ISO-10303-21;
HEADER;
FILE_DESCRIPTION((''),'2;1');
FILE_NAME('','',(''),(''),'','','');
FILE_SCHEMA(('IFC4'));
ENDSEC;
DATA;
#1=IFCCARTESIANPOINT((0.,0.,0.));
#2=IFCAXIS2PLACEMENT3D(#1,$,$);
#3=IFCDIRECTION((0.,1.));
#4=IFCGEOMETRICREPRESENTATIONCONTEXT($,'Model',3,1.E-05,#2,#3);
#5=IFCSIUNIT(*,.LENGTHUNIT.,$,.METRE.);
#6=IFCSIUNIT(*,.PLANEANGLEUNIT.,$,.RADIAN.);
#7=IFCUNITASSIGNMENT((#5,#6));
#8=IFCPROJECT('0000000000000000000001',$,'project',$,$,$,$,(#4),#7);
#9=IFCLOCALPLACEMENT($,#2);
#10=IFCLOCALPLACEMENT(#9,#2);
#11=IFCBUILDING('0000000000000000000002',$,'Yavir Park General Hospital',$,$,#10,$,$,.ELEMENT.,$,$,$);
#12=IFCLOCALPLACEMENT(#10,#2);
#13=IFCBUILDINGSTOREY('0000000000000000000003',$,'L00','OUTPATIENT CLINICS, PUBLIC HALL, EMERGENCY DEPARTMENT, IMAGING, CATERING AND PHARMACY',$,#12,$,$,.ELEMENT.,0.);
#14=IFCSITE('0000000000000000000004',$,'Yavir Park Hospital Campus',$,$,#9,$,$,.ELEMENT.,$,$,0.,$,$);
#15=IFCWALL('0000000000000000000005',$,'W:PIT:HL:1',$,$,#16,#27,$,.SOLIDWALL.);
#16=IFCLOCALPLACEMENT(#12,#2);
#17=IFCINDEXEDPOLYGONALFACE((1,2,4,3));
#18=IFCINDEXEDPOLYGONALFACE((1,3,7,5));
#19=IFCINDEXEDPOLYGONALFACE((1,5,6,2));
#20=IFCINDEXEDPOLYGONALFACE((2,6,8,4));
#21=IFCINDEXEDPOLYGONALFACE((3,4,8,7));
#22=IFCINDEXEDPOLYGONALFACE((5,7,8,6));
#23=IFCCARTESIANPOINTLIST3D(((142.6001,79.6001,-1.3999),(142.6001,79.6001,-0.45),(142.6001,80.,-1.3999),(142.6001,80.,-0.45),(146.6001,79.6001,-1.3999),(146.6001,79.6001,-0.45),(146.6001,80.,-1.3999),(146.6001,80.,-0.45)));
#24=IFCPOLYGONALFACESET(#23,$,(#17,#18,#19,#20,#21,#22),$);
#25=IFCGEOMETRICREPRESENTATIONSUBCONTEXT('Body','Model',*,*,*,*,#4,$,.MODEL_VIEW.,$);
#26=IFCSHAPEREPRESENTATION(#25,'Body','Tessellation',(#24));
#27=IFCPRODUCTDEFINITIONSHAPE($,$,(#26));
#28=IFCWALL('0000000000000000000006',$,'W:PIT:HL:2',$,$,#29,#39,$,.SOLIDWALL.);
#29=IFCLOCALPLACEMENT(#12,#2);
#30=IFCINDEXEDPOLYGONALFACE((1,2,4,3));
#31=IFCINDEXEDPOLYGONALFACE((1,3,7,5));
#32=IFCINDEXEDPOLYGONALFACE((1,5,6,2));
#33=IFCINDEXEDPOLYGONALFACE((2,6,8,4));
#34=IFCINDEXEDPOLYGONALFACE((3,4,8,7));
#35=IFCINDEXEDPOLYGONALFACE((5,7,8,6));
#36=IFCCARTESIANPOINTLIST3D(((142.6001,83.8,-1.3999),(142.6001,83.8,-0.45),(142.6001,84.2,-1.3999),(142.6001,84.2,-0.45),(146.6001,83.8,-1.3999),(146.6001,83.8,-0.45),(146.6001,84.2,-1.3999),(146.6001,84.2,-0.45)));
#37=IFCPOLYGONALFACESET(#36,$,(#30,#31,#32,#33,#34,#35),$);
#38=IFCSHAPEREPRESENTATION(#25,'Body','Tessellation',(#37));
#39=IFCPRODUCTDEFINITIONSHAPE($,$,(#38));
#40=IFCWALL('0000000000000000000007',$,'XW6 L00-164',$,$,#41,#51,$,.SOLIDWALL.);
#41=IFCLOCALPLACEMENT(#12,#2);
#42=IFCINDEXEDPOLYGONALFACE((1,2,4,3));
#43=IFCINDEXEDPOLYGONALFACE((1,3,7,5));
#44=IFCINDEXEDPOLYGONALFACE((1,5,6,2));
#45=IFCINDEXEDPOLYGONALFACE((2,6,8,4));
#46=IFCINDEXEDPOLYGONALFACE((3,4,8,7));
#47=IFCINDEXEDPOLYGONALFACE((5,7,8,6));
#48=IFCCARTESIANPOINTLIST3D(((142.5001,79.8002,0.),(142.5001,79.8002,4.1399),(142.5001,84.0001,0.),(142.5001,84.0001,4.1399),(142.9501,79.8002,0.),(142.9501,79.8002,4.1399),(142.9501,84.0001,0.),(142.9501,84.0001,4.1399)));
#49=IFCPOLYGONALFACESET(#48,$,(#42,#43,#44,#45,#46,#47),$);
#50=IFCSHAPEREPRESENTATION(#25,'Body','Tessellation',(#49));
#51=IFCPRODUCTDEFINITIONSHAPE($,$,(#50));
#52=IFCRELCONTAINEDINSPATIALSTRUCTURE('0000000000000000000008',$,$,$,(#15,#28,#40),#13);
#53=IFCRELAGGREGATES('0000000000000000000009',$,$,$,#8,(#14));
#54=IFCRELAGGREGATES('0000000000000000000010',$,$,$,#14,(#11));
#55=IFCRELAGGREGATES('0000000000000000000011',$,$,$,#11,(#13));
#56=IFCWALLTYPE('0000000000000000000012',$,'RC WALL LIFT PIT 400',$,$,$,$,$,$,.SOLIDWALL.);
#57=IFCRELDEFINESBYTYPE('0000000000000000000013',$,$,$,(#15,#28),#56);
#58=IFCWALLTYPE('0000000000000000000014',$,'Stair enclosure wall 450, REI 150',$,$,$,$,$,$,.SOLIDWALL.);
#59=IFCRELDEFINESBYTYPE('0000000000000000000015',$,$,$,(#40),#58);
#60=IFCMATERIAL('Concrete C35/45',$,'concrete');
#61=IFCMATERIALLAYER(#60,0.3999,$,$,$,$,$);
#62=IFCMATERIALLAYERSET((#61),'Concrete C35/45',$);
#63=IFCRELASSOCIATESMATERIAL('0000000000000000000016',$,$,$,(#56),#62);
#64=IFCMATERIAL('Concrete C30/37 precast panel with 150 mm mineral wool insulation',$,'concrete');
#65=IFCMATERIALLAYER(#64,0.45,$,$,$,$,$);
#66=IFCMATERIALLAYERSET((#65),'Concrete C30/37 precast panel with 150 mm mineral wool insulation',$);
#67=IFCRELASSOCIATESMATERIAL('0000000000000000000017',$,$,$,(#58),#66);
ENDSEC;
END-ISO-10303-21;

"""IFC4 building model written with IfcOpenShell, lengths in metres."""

from ifc_helpers import new_model, si_unit, direction, frame, frame_2d, origin, place, context, subcontext, project, spatial, rectangle, extrude, material, layer, layer_set, type_object, element, save


model = new_model("IFC4")

# Units and contexts
model_context = context("Model", 3, precision=1e-05, world=origin(), true_north=direction((0.0, 1.0)))
body_context = subcontext(model_context, "Body", "Model", "MODEL_VIEW")
ifc_project = project(units=[si_unit("LENGTHUNIT", "METRE"), si_unit("PLANEANGLEUNIT", "RADIAN")], contexts=[model_context])

# Site, building, storey
site_placement = place(None, origin())
site = spatial("IfcSite", under=ifc_project, at=site_placement, Name="Yavir Park Hospital Campus", CompositionType="ELEMENT", RefElevation=0.0)
building_placement = place(site_placement, origin())
building = spatial("IfcBuilding", under=site, at=building_placement, Name="Yavir Park General Hospital", CompositionType="ELEMENT")
storey_placement = place(building_placement, origin())
storey = spatial("IfcBuildingStorey", under=building, at=storey_placement, Name="L00", Description="OUTPATIENT CLINICS, PUBLIC HALL, EMERGENCY DEPARTMENT, IMAGING, CATERING AND PHARMACY", CompositionType="ELEMENT", Elevation=0.0)

# Walls
ifc_material_1 = material(Name="Concrete C35/45", Category="concrete")
ifc_layer_1 = layer(ifc_material_1, 0.3999)
ifc_layer_set_1 = layer_set([ifc_layer_1], Name="Concrete C35/45")
wall_type_1 = type_object("IfcWallType", Name="RC WALL LIFT PIT 400", PredefinedType="SOLIDWALL", material=ifc_layer_set_1)
for number, where, z_axis, x_axis, name in (
    (1, (142.6001, 79.8, -1.3999), (0.0, 0.0, 1.0), (1.0, 0.0, 0.0), "W:PIT:HL:1"),
    (2, (142.6001, 84.0, -1.3999), (0.0, 0.0, 1.0), (1.0, 0.0, 0.0), "W:PIT:HL:2"),
):
    element("IfcWall", number, at=place(storey_placement, frame(where, z_axis=z_axis, x_axis=x_axis)), inside=storey, type_object=wall_type_1, Name=name, PredefinedType="SOLIDWALL", context=body_context, shape_type="SweptSolid", body=[
        extrude(rectangle(XDim=4.0, YDim=0.3999, at=frame_2d((2.0, 0.0))), origin(), (0.0, 0.0, 1.0), 0.95),
    ])
ifc_material_2 = material(Name="Concrete C30/37 precast panel with 150 mm mineral wool insulation", Category="concrete")
ifc_layer_2 = layer(ifc_material_2, 0.45)
ifc_layer_set_2 = layer_set([ifc_layer_2], Name="Concrete C30/37 precast panel with 150 mm mineral wool insulation")
wall_type_2 = type_object("IfcWallType", Name="Stair enclosure wall 450, REI 150", PredefinedType="SOLIDWALL", material=ifc_layer_set_2)
wall_1_placement = place(storey_placement, frame((142.7251, 79.8, 0.0), z_axis=(0.0, 0.0, 1.0), x_axis=(0.0, 1.0, 0.0)))
element("IfcWall", 3, at=wall_1_placement, inside=storey, type_object=wall_type_2, Name="XW6 L00-164", PredefinedType="SOLIDWALL", context=body_context, shape_type="SweptSolid", body=[
    extrude(rectangle(XDim=4.2, YDim=0.45, at=frame_2d((2.1001, 0.0))), origin(), (0.0, 0.0, 1.0), 4.1399),
])

save(model, "model.ifc")
